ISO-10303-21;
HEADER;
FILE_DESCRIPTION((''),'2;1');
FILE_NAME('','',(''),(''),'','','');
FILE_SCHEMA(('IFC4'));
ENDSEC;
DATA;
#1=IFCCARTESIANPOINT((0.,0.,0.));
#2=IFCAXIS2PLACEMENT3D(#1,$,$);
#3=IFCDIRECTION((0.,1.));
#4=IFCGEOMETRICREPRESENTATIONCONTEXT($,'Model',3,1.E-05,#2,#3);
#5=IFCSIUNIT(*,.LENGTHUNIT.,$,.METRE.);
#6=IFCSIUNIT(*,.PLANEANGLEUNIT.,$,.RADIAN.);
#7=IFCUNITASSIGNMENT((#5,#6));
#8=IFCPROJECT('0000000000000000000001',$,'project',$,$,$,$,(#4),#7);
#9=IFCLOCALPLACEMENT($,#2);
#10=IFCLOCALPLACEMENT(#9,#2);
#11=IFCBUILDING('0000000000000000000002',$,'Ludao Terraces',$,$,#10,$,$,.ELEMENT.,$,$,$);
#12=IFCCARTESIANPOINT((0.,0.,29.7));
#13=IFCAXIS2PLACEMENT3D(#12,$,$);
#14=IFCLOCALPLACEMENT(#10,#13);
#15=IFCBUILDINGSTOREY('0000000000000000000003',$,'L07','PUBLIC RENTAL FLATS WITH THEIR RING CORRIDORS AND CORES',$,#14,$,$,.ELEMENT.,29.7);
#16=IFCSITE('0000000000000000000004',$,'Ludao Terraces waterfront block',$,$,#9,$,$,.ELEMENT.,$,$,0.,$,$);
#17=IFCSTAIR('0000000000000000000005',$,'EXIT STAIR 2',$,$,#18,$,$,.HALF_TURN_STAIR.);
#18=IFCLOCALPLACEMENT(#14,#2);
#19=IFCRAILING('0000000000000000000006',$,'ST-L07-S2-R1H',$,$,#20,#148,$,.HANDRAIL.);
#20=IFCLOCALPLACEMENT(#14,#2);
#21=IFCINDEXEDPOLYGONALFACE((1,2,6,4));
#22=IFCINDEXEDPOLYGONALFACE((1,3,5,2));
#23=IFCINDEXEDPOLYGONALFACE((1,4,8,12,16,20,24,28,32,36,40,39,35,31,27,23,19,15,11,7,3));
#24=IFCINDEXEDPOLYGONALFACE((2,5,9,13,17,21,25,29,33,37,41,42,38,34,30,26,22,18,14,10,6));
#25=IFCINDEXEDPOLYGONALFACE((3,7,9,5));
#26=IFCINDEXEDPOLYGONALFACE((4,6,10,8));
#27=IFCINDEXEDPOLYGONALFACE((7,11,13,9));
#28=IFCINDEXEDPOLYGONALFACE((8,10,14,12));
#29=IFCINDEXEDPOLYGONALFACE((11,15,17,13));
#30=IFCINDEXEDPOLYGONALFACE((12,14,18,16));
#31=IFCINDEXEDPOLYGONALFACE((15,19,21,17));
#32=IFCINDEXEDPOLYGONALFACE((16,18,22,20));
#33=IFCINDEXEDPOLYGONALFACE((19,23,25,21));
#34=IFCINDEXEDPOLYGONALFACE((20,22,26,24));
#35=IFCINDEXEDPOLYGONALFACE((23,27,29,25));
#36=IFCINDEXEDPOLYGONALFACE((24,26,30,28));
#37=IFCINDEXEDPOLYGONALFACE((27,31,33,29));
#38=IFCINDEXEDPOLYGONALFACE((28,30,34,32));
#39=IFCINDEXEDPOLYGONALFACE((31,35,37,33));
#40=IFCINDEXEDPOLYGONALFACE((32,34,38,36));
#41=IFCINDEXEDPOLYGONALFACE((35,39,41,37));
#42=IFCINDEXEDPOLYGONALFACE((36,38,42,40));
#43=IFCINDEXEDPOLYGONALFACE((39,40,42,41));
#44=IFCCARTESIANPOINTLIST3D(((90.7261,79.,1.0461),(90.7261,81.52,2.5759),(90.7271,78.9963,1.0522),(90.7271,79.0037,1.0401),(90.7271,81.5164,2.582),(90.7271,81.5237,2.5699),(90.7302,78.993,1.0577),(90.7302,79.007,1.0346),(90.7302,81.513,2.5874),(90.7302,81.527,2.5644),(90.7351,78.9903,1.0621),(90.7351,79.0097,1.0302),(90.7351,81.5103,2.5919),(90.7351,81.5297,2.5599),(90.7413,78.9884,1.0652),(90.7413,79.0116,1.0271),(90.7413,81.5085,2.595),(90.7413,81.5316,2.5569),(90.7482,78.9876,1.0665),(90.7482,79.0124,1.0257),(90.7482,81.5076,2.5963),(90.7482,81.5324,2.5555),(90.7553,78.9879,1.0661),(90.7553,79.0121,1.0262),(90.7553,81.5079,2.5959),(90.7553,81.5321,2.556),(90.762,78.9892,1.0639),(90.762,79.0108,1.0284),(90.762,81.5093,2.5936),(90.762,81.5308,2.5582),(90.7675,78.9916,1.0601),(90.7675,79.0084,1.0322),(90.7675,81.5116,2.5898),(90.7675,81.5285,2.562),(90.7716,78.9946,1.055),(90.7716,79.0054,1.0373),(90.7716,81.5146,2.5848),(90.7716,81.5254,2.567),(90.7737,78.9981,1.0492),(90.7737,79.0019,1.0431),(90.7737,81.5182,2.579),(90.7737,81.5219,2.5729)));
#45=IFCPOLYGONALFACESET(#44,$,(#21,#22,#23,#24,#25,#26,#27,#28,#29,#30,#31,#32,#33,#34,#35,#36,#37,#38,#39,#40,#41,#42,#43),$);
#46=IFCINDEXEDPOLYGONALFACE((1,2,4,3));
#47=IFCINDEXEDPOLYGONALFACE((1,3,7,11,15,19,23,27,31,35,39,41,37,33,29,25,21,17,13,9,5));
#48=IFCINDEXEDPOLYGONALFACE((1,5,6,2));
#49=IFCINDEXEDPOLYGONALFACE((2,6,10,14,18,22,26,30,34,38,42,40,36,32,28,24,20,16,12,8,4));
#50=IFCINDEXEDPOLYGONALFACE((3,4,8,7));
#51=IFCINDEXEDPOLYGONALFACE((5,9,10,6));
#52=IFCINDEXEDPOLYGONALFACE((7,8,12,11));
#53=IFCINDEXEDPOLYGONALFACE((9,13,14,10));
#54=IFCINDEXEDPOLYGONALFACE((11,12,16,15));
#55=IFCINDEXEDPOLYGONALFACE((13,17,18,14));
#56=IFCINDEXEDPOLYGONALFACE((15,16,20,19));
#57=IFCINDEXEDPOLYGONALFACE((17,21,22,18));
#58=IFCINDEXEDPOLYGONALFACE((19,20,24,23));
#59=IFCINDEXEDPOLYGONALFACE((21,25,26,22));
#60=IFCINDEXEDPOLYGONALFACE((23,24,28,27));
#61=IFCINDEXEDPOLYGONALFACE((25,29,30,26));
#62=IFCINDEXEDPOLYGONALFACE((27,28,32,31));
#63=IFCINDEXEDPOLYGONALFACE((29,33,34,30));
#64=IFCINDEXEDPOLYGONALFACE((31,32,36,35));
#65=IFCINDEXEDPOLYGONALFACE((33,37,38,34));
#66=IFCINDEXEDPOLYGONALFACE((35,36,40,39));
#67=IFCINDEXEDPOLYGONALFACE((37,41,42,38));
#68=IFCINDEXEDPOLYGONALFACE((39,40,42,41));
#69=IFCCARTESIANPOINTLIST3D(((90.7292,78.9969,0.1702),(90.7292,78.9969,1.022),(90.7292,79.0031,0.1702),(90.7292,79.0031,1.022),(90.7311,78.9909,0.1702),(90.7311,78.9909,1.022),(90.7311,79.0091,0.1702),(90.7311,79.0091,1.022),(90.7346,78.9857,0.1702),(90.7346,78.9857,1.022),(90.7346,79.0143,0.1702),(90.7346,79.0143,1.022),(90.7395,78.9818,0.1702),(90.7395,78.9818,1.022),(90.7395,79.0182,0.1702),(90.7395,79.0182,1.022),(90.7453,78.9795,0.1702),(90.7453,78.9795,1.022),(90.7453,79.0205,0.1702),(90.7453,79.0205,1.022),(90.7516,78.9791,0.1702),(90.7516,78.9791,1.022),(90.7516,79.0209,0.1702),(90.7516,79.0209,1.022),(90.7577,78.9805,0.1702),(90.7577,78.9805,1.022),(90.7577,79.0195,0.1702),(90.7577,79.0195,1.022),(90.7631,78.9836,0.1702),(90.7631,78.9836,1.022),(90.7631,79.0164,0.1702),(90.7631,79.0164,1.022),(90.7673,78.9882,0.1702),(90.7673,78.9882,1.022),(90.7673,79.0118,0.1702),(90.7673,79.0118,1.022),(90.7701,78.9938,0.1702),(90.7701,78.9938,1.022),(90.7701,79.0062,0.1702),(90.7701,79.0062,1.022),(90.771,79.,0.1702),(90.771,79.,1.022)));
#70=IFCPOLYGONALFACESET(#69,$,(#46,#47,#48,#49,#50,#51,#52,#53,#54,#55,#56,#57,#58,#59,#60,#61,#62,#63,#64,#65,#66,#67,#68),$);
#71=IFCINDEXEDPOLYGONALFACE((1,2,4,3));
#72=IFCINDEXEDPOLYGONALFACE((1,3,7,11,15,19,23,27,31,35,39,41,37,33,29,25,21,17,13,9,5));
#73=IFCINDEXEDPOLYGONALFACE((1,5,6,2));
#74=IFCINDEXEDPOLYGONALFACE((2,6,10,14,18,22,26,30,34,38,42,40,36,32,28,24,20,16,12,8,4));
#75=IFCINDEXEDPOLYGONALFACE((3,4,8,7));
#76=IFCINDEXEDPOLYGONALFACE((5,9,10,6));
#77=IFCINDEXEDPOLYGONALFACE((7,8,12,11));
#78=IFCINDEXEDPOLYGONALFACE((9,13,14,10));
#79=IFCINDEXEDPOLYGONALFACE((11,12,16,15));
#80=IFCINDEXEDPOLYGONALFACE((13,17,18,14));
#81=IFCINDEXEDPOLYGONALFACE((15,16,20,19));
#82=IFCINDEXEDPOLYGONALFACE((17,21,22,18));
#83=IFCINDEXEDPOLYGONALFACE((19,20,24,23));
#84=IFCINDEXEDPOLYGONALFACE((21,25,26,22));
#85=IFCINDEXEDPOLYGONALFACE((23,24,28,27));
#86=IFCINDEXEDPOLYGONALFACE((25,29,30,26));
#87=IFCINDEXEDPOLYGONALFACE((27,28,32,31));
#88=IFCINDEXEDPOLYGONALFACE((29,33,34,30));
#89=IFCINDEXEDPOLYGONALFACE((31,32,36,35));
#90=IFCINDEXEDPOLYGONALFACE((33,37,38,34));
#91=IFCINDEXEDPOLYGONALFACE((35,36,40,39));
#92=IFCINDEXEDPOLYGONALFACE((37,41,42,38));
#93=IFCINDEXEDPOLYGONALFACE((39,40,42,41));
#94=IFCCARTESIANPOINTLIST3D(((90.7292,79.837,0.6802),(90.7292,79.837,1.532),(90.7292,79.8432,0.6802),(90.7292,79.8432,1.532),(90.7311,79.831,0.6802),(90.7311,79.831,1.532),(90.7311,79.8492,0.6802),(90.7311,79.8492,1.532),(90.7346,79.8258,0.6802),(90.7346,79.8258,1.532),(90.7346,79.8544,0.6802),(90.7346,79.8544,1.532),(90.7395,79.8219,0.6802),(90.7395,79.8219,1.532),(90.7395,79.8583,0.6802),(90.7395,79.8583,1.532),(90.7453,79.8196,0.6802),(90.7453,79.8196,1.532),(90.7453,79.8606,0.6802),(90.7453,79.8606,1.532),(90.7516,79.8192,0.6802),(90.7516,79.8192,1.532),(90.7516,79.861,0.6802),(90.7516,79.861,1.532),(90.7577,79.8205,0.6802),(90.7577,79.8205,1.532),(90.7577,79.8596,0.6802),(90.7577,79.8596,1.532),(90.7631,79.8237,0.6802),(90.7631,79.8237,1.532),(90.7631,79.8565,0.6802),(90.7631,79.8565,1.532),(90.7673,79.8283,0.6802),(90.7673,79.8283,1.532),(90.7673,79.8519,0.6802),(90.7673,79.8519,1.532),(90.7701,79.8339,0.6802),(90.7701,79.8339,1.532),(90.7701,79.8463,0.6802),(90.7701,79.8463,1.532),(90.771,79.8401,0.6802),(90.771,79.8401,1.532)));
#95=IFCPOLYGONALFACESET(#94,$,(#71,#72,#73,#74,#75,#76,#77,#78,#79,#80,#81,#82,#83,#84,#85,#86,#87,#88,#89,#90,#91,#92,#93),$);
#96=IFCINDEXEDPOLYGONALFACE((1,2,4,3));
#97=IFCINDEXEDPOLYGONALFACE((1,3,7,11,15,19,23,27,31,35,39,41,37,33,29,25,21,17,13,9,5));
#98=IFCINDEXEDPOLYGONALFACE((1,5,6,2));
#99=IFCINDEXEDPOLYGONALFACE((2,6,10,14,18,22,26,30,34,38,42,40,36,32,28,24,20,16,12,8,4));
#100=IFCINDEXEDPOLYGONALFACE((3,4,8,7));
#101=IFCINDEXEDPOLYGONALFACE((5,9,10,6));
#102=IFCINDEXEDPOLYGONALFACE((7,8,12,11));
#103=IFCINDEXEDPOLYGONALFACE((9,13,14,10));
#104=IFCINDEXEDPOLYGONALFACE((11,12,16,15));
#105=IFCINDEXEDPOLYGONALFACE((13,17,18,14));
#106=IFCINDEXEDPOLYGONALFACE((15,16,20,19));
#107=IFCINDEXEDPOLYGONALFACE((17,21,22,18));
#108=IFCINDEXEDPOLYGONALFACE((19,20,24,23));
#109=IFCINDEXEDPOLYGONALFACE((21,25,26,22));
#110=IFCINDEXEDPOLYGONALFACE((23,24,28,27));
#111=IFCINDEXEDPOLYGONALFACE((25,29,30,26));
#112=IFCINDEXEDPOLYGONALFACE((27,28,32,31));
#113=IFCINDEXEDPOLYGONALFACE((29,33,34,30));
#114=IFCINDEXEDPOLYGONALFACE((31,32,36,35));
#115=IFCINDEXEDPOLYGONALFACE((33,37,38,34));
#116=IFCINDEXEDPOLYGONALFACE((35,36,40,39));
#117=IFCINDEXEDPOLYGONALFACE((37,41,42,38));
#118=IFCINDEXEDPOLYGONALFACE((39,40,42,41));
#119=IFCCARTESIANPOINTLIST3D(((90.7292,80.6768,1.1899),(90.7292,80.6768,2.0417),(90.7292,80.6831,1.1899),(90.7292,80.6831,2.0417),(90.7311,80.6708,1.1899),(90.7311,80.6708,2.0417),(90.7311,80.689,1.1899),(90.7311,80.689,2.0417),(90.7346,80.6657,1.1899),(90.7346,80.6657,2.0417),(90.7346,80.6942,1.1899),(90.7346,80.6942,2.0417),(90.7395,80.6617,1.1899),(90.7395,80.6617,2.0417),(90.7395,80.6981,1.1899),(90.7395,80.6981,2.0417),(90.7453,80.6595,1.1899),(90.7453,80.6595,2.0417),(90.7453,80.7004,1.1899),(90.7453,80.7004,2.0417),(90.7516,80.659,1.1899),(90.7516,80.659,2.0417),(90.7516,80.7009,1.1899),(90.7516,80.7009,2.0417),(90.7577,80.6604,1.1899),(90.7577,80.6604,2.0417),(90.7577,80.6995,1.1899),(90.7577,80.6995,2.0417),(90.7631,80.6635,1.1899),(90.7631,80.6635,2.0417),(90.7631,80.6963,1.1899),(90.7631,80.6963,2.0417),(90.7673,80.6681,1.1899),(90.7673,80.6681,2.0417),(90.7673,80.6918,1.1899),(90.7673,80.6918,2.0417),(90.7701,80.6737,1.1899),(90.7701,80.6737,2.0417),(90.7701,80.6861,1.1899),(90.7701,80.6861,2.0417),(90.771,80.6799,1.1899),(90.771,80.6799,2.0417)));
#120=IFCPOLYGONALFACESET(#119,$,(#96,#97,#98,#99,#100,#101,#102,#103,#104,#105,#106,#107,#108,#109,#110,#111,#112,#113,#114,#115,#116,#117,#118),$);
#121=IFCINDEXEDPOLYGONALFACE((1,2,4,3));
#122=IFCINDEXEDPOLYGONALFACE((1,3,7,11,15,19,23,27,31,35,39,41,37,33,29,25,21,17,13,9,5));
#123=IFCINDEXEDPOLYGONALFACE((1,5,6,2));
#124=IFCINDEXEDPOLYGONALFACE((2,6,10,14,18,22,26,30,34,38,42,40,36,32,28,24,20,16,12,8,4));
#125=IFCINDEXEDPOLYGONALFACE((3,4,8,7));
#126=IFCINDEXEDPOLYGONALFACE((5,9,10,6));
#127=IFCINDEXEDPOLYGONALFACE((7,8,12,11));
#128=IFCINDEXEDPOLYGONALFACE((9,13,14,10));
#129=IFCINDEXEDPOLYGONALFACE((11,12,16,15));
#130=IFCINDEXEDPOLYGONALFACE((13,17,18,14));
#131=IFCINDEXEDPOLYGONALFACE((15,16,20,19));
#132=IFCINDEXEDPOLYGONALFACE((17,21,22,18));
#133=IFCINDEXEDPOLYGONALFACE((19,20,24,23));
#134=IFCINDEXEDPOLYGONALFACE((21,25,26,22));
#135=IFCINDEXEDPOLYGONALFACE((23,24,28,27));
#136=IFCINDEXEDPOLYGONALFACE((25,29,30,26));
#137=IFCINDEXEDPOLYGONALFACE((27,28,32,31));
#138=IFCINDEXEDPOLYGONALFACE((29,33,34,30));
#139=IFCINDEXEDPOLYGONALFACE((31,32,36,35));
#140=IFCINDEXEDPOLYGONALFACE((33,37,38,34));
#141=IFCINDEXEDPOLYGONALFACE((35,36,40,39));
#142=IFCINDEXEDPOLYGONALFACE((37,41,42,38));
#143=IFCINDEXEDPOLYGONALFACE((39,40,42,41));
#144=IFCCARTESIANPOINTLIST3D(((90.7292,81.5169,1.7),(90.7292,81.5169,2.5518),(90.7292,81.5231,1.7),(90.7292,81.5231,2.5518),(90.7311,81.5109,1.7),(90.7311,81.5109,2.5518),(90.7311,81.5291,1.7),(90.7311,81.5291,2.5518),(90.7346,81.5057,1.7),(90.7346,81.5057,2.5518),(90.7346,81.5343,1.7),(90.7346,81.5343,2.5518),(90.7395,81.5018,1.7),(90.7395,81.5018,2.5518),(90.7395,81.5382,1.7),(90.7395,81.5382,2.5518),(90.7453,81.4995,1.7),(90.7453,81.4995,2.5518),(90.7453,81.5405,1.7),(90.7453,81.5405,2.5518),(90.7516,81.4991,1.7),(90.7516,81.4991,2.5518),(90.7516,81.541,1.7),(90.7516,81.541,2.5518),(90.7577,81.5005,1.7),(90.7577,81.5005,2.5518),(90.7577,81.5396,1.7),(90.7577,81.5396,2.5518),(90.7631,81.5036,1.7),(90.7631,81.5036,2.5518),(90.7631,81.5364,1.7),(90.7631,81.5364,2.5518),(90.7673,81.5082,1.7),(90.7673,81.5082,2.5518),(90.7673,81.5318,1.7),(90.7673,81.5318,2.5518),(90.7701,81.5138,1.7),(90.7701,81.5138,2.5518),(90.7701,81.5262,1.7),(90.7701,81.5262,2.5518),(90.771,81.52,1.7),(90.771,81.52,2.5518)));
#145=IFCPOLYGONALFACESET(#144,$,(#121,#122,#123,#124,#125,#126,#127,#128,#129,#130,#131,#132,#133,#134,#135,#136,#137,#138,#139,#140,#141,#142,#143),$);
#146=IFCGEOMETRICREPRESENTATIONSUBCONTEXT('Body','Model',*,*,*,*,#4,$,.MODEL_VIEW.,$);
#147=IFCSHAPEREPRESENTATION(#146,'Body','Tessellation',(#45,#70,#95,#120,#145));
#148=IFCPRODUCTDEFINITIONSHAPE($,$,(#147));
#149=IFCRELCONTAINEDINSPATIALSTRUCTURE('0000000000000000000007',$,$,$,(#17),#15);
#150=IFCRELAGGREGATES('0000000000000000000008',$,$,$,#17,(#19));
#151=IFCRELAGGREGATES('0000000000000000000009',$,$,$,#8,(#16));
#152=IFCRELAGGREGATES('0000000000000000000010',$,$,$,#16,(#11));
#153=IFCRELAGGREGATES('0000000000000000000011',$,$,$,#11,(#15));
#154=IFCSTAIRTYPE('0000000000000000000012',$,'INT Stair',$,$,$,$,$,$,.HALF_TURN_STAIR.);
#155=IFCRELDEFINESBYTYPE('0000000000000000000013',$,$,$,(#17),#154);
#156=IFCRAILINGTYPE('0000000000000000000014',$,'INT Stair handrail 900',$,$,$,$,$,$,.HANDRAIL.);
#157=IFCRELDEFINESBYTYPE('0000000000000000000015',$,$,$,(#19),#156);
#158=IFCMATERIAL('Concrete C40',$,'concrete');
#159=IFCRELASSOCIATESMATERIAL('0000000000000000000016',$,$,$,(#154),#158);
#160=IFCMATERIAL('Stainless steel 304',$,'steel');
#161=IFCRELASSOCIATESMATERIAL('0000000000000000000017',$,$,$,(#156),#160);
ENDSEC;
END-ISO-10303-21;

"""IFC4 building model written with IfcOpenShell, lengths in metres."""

from ifc_helpers import new_model, si_unit, direction, frame, origin, origin_2d, place, context, subcontext, project, spatial, circle, extrude, material, type_object, element, aggregate, save


model = new_model("IFC4")

# Units and contexts
model_context = context("Model", 3, precision=1e-05, world=origin(), true_north=direction((0.0, 1.0)))
body_context = subcontext(model_context, "Body", "Model", "MODEL_VIEW")
ifc_project = project(units=[si_unit("LENGTHUNIT", "METRE"), si_unit("PLANEANGLEUNIT", "RADIAN")], contexts=[model_context])

# Site, building, storey
site_placement = place(None, origin())
site = spatial("IfcSite", under=ifc_project, at=site_placement, Name="Ludao Terraces waterfront block", CompositionType="ELEMENT", RefElevation=0.0)
building_placement = place(site_placement, origin())
building = spatial("IfcBuilding", under=site, at=building_placement, Name="Ludao Terraces", CompositionType="ELEMENT")
storey_placement = place(building_placement, frame((0.0, 0.0, 29.7)))
storey = spatial("IfcBuildingStorey", under=building, at=storey_placement, Name="L07", Description="PUBLIC RENTAL FLATS WITH THEIR RING CORRIDORS AND CORES", CompositionType="ELEMENT", Elevation=29.7)

# Stair, railing
ifc_material_1 = material(Name="Concrete C40", Category="concrete")
stair_type = type_object("IfcStairType", Name="INT Stair", PredefinedType="HALF_TURN_STAIR", material=ifc_material_1)
stair_placement = place(storey_placement, origin())
stair = element("IfcStair", 1, at=stair_placement, inside=storey, type_object=stair_type, Name="EXIT STAIR 2", PredefinedType="HALF_TURN_STAIR")
ifc_material_2 = material(Name="Stainless steel 304", Category="steel")
railing_type_1 = type_object("IfcRailingType", Name="INT Stair handrail 900", PredefinedType="HANDRAIL", material=ifc_material_2)
railing_1_placement = place(storey_placement, frame((90.75, 79.0, 0.1702)))
railing_1 = element("IfcRailing", 2, at=railing_1_placement, type_object=railing_type_1, Name="ST-L07-S2-R1H", PredefinedType="HANDRAIL", context=body_context, shape_type="SweptSolid", body=[
    extrude(circle(Radius=0.0239, at=origin_2d()), frame((0.0, 0.0, 0.876), z_axis=(0.0, 0.854822, 0.518922), x_axis=(-1.0, 0.0, 0.0)), (0.0, 0.0, 1.0), 2.948),
    extrude(circle(Radius=0.021, at=origin_2d()), origin(), (0.0, 0.0, 1.0), 0.8518),
    extrude(circle(Radius=0.021, at=origin_2d()), frame((0.0, 0.8401, 0.51)), (0.0, 0.0, 1.0), 0.8518),
    extrude(circle(Radius=0.021, at=origin_2d()), frame((0.0, 1.6799, 1.0198)), (0.0, 0.0, 1.0), 0.8518),
    extrude(circle(Radius=0.021, at=origin_2d()), frame((0.0, 2.52, 1.5298)), (0.0, 0.0, 1.0), 0.8518),
])
aggregate(stair, [railing_1])

save(model, "model.ifc")
